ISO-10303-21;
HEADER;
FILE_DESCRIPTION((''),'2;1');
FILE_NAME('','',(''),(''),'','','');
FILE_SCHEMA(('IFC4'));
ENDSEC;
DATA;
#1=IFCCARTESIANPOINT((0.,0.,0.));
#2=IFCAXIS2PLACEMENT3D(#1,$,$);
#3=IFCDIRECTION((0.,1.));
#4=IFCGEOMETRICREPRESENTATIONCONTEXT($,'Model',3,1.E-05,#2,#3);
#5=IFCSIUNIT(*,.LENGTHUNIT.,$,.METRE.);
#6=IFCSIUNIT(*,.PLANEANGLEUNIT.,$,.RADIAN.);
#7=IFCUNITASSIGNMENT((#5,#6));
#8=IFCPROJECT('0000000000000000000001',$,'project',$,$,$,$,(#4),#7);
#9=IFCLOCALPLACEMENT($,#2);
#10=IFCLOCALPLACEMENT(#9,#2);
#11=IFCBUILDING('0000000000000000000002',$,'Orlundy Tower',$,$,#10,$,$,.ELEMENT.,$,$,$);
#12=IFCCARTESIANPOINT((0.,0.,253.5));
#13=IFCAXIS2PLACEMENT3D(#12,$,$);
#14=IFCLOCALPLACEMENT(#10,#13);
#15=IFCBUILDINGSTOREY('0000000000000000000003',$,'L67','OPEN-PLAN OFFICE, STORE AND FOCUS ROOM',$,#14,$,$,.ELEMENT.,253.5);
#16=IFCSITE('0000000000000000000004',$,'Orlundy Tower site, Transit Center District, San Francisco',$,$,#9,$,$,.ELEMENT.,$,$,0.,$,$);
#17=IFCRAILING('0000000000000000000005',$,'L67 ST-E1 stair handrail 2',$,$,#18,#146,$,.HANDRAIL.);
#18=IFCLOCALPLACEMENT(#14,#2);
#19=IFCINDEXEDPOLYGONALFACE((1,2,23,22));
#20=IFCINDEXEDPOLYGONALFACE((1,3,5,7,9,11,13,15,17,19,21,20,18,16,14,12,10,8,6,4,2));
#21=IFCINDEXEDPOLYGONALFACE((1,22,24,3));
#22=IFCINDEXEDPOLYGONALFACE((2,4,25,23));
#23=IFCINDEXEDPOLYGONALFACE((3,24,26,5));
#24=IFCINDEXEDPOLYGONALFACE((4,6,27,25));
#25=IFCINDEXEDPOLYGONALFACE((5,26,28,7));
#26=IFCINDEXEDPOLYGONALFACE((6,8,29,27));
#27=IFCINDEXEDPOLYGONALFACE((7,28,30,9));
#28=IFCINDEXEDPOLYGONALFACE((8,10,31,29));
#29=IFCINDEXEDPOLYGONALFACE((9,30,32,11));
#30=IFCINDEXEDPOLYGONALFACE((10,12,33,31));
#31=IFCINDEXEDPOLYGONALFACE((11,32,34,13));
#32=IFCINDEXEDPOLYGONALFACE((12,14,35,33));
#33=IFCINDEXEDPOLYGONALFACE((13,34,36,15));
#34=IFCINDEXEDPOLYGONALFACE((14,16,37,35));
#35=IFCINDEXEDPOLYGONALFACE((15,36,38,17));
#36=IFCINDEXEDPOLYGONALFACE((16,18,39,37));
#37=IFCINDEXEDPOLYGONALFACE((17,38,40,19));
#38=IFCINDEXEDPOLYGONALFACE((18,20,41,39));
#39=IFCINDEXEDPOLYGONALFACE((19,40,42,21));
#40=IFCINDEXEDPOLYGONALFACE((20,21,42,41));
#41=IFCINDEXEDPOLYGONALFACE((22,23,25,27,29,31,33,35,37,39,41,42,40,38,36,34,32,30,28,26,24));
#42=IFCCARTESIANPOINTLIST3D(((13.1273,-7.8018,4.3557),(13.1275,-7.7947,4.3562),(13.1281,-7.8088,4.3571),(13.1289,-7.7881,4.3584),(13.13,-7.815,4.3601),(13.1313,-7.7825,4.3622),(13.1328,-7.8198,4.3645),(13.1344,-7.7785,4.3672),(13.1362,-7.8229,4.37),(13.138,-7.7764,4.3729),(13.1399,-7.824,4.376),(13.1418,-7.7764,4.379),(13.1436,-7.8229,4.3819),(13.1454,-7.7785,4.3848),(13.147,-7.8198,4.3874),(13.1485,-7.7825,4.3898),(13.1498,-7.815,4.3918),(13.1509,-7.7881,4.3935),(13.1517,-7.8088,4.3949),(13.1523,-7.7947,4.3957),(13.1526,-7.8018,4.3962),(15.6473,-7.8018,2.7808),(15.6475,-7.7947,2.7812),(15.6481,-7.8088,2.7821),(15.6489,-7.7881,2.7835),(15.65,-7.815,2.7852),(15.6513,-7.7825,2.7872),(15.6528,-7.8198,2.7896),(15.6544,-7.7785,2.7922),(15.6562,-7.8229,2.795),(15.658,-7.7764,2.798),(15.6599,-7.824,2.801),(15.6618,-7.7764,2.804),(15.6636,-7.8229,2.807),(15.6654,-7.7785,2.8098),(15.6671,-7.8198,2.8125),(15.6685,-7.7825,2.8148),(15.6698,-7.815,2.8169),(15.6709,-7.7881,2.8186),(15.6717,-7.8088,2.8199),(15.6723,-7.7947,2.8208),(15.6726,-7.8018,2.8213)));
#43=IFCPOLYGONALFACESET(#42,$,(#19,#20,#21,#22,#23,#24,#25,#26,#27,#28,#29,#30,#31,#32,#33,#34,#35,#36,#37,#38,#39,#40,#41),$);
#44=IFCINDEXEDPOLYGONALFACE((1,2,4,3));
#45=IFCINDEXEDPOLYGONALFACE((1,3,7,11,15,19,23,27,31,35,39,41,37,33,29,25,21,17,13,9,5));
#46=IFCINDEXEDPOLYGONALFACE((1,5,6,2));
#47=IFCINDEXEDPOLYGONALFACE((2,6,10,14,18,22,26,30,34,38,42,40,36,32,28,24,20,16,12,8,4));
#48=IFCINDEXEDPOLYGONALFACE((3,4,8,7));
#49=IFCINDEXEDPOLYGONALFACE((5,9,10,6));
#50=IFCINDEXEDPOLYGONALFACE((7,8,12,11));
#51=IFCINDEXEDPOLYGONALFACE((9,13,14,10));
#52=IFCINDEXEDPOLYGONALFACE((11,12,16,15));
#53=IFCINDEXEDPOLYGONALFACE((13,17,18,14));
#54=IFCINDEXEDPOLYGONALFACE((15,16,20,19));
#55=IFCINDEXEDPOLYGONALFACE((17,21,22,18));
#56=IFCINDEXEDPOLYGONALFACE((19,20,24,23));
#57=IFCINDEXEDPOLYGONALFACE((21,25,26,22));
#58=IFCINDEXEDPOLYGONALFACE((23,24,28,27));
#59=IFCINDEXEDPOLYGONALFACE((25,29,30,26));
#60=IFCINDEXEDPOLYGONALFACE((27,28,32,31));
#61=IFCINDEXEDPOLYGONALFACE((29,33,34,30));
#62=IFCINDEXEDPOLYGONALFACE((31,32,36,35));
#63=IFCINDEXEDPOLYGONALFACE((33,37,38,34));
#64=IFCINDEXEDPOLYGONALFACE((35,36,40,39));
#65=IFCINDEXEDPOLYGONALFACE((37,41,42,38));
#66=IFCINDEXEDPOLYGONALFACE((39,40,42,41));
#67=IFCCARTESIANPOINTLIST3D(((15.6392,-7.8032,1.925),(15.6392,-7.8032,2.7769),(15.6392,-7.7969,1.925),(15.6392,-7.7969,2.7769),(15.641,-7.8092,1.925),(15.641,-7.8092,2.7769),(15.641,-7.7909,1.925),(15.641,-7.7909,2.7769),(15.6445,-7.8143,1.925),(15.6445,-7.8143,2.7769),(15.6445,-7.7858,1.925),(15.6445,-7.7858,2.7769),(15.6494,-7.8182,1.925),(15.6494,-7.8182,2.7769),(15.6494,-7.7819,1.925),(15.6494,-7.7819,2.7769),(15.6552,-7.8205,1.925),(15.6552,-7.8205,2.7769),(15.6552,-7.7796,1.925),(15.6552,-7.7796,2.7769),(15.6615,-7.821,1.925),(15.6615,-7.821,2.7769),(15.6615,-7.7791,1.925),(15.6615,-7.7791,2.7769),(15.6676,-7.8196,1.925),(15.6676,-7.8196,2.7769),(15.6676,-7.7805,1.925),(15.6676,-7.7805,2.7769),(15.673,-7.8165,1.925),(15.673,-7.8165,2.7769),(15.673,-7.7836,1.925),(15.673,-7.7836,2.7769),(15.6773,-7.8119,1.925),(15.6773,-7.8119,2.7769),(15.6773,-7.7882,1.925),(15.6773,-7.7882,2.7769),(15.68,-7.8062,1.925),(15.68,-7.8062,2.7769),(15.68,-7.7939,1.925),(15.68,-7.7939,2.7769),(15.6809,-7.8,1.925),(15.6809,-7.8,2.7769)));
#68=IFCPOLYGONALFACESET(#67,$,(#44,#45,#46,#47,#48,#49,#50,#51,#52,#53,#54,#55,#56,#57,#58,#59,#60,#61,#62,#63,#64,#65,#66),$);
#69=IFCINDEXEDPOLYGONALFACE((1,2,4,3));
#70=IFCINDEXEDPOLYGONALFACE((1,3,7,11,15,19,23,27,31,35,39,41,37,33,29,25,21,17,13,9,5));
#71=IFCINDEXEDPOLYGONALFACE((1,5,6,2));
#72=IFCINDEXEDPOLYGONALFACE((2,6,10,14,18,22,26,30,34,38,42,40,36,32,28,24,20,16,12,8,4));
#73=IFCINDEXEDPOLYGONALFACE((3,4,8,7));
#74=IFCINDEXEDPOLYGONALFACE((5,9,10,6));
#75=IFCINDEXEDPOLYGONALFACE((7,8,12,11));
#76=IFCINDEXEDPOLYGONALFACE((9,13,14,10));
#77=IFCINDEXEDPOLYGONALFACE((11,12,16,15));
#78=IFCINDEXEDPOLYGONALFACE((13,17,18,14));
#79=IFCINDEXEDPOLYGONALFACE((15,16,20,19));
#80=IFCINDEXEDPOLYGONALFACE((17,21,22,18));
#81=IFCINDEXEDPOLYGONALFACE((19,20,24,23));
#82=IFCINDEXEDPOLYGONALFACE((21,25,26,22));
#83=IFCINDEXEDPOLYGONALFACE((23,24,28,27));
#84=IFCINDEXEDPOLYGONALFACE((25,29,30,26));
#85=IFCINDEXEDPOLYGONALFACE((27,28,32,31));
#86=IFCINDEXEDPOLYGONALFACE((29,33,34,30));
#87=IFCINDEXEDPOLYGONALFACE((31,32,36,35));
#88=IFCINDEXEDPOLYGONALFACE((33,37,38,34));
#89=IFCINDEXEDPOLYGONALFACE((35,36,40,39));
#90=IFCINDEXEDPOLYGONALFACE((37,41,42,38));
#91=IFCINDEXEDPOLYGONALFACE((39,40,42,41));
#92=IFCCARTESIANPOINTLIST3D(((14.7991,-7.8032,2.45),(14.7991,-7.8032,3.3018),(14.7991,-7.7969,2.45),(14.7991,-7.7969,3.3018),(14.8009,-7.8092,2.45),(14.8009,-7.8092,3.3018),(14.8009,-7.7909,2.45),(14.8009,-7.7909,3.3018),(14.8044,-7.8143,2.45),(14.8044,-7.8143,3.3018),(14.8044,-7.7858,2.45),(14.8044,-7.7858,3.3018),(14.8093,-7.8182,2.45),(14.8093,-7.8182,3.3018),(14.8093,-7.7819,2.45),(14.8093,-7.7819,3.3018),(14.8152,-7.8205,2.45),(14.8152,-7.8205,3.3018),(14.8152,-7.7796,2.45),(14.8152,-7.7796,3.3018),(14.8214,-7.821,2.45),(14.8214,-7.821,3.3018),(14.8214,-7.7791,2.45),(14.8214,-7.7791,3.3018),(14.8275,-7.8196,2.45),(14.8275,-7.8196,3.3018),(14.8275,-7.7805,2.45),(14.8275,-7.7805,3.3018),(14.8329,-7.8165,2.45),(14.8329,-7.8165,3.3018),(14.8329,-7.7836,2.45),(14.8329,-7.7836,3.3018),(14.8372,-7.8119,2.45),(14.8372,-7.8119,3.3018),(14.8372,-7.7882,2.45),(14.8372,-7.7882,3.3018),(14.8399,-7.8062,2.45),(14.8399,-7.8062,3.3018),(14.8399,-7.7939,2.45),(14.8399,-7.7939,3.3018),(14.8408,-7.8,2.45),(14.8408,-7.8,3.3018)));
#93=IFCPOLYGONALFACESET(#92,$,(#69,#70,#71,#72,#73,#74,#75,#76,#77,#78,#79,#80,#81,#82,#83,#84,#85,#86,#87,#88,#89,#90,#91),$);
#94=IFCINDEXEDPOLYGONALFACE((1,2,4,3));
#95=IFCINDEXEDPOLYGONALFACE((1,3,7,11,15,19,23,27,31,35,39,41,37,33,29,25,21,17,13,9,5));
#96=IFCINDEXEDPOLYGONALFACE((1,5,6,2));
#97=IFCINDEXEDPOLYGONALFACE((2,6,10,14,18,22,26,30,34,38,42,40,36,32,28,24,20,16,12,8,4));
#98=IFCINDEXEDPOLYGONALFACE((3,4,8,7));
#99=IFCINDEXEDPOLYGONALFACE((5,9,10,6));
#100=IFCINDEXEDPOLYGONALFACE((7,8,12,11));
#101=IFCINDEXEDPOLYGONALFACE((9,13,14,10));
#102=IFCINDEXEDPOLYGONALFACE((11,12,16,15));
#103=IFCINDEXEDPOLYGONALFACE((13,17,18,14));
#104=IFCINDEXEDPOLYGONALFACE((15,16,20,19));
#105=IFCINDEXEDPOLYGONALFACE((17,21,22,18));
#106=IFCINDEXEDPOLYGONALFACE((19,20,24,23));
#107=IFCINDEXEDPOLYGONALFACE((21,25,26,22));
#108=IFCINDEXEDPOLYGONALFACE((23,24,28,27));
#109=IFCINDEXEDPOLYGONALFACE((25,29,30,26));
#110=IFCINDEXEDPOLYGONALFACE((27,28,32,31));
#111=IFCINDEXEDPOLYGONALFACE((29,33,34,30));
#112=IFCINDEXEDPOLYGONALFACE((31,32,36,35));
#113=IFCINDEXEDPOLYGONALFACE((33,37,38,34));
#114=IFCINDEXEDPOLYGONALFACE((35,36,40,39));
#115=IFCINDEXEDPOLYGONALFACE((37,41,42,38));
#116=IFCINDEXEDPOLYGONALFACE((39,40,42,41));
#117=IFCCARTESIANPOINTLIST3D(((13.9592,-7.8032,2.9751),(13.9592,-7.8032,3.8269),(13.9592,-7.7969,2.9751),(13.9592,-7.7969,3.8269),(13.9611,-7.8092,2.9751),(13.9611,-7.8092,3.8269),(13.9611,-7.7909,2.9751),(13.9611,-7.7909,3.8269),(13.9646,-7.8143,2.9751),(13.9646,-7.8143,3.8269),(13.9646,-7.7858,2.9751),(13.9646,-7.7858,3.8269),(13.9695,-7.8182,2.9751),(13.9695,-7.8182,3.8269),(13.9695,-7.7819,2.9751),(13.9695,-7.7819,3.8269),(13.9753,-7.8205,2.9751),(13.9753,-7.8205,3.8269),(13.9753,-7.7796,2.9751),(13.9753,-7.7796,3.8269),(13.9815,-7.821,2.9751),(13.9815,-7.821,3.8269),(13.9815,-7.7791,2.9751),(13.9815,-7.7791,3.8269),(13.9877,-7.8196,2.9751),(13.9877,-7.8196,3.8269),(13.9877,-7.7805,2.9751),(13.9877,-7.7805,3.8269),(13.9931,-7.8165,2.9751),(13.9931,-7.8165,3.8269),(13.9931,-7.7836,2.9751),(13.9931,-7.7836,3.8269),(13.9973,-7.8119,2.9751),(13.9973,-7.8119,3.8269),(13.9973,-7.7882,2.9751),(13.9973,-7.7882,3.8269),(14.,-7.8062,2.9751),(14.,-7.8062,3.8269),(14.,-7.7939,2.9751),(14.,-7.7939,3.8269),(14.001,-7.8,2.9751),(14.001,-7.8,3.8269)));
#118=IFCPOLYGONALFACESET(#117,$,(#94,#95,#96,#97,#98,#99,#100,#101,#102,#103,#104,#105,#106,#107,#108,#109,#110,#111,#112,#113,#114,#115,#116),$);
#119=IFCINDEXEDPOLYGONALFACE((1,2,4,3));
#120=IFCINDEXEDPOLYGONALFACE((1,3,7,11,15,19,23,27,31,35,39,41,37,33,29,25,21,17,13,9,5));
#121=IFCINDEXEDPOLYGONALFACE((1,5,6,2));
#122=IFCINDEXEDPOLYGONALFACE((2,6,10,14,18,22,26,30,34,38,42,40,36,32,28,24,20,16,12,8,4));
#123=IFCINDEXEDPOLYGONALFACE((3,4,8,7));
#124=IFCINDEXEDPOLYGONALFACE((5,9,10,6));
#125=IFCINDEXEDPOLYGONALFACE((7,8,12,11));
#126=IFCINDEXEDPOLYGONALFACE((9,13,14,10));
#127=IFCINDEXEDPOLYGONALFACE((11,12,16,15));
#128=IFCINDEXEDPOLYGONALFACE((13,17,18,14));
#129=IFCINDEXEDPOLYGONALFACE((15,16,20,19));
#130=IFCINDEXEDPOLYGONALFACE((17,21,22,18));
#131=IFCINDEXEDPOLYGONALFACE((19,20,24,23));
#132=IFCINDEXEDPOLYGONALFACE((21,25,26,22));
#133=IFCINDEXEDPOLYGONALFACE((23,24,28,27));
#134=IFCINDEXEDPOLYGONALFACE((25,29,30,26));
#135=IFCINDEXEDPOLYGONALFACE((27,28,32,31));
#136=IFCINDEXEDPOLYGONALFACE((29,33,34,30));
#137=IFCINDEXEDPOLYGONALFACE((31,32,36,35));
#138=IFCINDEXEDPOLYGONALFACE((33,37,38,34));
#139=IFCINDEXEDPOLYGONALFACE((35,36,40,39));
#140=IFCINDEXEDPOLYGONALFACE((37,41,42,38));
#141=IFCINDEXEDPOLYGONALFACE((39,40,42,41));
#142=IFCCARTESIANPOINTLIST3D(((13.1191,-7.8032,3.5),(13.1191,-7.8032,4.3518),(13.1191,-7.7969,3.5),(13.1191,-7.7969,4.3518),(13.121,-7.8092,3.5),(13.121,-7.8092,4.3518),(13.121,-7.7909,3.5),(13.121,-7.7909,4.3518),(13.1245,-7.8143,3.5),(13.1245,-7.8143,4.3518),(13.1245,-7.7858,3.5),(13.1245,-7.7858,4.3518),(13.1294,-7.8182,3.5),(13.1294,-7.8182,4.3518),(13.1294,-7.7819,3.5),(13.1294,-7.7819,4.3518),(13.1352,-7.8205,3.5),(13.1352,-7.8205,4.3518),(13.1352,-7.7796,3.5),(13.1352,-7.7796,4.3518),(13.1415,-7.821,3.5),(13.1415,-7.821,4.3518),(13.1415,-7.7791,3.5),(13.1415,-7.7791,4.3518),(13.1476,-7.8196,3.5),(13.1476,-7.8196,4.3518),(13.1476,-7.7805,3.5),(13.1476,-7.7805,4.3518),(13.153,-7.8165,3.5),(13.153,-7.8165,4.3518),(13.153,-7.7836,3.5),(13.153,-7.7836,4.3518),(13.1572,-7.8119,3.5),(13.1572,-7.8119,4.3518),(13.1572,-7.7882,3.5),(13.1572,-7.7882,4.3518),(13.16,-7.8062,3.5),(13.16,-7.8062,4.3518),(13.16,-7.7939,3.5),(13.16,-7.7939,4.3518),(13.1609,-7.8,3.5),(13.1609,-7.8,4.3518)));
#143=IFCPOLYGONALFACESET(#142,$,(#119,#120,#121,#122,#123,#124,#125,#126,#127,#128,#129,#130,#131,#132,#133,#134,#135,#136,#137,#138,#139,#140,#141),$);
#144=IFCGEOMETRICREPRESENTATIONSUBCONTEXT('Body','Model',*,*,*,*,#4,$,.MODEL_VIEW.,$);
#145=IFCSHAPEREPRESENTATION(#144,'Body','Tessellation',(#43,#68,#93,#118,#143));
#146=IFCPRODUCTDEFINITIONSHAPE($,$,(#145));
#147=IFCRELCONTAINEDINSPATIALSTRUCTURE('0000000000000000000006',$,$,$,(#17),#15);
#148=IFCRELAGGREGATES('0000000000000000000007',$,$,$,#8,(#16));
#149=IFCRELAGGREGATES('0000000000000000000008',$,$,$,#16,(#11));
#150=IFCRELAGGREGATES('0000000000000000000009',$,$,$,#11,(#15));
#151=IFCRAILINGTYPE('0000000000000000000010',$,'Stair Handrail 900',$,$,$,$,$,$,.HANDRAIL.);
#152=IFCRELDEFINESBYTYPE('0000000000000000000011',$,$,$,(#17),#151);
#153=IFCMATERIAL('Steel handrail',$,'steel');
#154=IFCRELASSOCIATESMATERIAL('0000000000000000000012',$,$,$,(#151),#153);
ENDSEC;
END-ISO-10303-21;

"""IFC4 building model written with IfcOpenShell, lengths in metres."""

from ifc_helpers import new_model, si_unit, direction, frame, origin, origin_2d, place, context, subcontext, project, spatial, circle, extrude, material, type_object, element, save


model = new_model("IFC4")

# Units and contexts
model_context = context("Model", 3, precision=1e-05, world=origin(), true_north=direction((0.0, 1.0)))
body_context = subcontext(model_context, "Body", "Model", "MODEL_VIEW")
ifc_project = project(units=[si_unit("LENGTHUNIT", "METRE"), si_unit("PLANEANGLEUNIT", "RADIAN")], contexts=[model_context])

# Site, building, storey
site_placement = place(None, origin())
site = spatial("IfcSite", under=ifc_project, at=site_placement, Name="Orlundy Tower site, Transit Center District, San Francisco", CompositionType="ELEMENT", RefElevation=0.0)
building_placement = place(site_placement, origin())
building = spatial("IfcBuilding", under=site, at=building_placement, Name="Orlundy Tower", CompositionType="ELEMENT")
storey_placement = place(building_placement, frame((0.0, 0.0, 253.5)))
storey = spatial("IfcBuildingStorey", under=building, at=storey_placement, Name="L67", Description="OPEN-PLAN OFFICE, STORE AND FOCUS ROOM", CompositionType="ELEMENT", Elevation=253.5)

# Railing
ifc_material_1 = material(Name="Steel handrail", Category="steel")
railing_type_1 = type_object("IfcRailingType", Name="Stair Handrail 900", PredefinedType="HANDRAIL", material=ifc_material_1)
railing_1_placement = place(storey_placement, frame((15.6599, -7.8, 1.925)))
element("IfcRailing", 1, at=railing_1_placement, inside=storey, type_object=railing_type_1, Name="L67 ST-E1 stair handrail 2", PredefinedType="HANDRAIL", context=body_context, shape_type="SweptSolid", body=[
    extrude(circle(Radius=0.0239, at=origin_2d()), frame((0.0, 0.0, 0.876), z_axis=(-0.848008, 0.0, 0.529984), x_axis=(0.0, -1.0, 0.0)), (0.0, 0.0, 1.0), 2.9717),
    extrude(circle(Radius=0.021, at=origin_2d()), origin(), (0.0, 0.0, 1.0), 0.8518),
    extrude(circle(Radius=0.021, at=origin_2d()), frame((-0.8401, 0.0, 0.5249)), (0.0, 0.0, 1.0), 0.8518),
    extrude(circle(Radius=0.021, at=origin_2d()), frame((-1.6799, 0.0, 1.05)), (0.0, 0.0, 1.0), 0.8518),
    extrude(circle(Radius=0.021, at=origin_2d()), frame((-2.52, 0.0, 1.575)), (0.0, 0.0, 1.0), 0.8518),
])

save(model, "model.ifc")
